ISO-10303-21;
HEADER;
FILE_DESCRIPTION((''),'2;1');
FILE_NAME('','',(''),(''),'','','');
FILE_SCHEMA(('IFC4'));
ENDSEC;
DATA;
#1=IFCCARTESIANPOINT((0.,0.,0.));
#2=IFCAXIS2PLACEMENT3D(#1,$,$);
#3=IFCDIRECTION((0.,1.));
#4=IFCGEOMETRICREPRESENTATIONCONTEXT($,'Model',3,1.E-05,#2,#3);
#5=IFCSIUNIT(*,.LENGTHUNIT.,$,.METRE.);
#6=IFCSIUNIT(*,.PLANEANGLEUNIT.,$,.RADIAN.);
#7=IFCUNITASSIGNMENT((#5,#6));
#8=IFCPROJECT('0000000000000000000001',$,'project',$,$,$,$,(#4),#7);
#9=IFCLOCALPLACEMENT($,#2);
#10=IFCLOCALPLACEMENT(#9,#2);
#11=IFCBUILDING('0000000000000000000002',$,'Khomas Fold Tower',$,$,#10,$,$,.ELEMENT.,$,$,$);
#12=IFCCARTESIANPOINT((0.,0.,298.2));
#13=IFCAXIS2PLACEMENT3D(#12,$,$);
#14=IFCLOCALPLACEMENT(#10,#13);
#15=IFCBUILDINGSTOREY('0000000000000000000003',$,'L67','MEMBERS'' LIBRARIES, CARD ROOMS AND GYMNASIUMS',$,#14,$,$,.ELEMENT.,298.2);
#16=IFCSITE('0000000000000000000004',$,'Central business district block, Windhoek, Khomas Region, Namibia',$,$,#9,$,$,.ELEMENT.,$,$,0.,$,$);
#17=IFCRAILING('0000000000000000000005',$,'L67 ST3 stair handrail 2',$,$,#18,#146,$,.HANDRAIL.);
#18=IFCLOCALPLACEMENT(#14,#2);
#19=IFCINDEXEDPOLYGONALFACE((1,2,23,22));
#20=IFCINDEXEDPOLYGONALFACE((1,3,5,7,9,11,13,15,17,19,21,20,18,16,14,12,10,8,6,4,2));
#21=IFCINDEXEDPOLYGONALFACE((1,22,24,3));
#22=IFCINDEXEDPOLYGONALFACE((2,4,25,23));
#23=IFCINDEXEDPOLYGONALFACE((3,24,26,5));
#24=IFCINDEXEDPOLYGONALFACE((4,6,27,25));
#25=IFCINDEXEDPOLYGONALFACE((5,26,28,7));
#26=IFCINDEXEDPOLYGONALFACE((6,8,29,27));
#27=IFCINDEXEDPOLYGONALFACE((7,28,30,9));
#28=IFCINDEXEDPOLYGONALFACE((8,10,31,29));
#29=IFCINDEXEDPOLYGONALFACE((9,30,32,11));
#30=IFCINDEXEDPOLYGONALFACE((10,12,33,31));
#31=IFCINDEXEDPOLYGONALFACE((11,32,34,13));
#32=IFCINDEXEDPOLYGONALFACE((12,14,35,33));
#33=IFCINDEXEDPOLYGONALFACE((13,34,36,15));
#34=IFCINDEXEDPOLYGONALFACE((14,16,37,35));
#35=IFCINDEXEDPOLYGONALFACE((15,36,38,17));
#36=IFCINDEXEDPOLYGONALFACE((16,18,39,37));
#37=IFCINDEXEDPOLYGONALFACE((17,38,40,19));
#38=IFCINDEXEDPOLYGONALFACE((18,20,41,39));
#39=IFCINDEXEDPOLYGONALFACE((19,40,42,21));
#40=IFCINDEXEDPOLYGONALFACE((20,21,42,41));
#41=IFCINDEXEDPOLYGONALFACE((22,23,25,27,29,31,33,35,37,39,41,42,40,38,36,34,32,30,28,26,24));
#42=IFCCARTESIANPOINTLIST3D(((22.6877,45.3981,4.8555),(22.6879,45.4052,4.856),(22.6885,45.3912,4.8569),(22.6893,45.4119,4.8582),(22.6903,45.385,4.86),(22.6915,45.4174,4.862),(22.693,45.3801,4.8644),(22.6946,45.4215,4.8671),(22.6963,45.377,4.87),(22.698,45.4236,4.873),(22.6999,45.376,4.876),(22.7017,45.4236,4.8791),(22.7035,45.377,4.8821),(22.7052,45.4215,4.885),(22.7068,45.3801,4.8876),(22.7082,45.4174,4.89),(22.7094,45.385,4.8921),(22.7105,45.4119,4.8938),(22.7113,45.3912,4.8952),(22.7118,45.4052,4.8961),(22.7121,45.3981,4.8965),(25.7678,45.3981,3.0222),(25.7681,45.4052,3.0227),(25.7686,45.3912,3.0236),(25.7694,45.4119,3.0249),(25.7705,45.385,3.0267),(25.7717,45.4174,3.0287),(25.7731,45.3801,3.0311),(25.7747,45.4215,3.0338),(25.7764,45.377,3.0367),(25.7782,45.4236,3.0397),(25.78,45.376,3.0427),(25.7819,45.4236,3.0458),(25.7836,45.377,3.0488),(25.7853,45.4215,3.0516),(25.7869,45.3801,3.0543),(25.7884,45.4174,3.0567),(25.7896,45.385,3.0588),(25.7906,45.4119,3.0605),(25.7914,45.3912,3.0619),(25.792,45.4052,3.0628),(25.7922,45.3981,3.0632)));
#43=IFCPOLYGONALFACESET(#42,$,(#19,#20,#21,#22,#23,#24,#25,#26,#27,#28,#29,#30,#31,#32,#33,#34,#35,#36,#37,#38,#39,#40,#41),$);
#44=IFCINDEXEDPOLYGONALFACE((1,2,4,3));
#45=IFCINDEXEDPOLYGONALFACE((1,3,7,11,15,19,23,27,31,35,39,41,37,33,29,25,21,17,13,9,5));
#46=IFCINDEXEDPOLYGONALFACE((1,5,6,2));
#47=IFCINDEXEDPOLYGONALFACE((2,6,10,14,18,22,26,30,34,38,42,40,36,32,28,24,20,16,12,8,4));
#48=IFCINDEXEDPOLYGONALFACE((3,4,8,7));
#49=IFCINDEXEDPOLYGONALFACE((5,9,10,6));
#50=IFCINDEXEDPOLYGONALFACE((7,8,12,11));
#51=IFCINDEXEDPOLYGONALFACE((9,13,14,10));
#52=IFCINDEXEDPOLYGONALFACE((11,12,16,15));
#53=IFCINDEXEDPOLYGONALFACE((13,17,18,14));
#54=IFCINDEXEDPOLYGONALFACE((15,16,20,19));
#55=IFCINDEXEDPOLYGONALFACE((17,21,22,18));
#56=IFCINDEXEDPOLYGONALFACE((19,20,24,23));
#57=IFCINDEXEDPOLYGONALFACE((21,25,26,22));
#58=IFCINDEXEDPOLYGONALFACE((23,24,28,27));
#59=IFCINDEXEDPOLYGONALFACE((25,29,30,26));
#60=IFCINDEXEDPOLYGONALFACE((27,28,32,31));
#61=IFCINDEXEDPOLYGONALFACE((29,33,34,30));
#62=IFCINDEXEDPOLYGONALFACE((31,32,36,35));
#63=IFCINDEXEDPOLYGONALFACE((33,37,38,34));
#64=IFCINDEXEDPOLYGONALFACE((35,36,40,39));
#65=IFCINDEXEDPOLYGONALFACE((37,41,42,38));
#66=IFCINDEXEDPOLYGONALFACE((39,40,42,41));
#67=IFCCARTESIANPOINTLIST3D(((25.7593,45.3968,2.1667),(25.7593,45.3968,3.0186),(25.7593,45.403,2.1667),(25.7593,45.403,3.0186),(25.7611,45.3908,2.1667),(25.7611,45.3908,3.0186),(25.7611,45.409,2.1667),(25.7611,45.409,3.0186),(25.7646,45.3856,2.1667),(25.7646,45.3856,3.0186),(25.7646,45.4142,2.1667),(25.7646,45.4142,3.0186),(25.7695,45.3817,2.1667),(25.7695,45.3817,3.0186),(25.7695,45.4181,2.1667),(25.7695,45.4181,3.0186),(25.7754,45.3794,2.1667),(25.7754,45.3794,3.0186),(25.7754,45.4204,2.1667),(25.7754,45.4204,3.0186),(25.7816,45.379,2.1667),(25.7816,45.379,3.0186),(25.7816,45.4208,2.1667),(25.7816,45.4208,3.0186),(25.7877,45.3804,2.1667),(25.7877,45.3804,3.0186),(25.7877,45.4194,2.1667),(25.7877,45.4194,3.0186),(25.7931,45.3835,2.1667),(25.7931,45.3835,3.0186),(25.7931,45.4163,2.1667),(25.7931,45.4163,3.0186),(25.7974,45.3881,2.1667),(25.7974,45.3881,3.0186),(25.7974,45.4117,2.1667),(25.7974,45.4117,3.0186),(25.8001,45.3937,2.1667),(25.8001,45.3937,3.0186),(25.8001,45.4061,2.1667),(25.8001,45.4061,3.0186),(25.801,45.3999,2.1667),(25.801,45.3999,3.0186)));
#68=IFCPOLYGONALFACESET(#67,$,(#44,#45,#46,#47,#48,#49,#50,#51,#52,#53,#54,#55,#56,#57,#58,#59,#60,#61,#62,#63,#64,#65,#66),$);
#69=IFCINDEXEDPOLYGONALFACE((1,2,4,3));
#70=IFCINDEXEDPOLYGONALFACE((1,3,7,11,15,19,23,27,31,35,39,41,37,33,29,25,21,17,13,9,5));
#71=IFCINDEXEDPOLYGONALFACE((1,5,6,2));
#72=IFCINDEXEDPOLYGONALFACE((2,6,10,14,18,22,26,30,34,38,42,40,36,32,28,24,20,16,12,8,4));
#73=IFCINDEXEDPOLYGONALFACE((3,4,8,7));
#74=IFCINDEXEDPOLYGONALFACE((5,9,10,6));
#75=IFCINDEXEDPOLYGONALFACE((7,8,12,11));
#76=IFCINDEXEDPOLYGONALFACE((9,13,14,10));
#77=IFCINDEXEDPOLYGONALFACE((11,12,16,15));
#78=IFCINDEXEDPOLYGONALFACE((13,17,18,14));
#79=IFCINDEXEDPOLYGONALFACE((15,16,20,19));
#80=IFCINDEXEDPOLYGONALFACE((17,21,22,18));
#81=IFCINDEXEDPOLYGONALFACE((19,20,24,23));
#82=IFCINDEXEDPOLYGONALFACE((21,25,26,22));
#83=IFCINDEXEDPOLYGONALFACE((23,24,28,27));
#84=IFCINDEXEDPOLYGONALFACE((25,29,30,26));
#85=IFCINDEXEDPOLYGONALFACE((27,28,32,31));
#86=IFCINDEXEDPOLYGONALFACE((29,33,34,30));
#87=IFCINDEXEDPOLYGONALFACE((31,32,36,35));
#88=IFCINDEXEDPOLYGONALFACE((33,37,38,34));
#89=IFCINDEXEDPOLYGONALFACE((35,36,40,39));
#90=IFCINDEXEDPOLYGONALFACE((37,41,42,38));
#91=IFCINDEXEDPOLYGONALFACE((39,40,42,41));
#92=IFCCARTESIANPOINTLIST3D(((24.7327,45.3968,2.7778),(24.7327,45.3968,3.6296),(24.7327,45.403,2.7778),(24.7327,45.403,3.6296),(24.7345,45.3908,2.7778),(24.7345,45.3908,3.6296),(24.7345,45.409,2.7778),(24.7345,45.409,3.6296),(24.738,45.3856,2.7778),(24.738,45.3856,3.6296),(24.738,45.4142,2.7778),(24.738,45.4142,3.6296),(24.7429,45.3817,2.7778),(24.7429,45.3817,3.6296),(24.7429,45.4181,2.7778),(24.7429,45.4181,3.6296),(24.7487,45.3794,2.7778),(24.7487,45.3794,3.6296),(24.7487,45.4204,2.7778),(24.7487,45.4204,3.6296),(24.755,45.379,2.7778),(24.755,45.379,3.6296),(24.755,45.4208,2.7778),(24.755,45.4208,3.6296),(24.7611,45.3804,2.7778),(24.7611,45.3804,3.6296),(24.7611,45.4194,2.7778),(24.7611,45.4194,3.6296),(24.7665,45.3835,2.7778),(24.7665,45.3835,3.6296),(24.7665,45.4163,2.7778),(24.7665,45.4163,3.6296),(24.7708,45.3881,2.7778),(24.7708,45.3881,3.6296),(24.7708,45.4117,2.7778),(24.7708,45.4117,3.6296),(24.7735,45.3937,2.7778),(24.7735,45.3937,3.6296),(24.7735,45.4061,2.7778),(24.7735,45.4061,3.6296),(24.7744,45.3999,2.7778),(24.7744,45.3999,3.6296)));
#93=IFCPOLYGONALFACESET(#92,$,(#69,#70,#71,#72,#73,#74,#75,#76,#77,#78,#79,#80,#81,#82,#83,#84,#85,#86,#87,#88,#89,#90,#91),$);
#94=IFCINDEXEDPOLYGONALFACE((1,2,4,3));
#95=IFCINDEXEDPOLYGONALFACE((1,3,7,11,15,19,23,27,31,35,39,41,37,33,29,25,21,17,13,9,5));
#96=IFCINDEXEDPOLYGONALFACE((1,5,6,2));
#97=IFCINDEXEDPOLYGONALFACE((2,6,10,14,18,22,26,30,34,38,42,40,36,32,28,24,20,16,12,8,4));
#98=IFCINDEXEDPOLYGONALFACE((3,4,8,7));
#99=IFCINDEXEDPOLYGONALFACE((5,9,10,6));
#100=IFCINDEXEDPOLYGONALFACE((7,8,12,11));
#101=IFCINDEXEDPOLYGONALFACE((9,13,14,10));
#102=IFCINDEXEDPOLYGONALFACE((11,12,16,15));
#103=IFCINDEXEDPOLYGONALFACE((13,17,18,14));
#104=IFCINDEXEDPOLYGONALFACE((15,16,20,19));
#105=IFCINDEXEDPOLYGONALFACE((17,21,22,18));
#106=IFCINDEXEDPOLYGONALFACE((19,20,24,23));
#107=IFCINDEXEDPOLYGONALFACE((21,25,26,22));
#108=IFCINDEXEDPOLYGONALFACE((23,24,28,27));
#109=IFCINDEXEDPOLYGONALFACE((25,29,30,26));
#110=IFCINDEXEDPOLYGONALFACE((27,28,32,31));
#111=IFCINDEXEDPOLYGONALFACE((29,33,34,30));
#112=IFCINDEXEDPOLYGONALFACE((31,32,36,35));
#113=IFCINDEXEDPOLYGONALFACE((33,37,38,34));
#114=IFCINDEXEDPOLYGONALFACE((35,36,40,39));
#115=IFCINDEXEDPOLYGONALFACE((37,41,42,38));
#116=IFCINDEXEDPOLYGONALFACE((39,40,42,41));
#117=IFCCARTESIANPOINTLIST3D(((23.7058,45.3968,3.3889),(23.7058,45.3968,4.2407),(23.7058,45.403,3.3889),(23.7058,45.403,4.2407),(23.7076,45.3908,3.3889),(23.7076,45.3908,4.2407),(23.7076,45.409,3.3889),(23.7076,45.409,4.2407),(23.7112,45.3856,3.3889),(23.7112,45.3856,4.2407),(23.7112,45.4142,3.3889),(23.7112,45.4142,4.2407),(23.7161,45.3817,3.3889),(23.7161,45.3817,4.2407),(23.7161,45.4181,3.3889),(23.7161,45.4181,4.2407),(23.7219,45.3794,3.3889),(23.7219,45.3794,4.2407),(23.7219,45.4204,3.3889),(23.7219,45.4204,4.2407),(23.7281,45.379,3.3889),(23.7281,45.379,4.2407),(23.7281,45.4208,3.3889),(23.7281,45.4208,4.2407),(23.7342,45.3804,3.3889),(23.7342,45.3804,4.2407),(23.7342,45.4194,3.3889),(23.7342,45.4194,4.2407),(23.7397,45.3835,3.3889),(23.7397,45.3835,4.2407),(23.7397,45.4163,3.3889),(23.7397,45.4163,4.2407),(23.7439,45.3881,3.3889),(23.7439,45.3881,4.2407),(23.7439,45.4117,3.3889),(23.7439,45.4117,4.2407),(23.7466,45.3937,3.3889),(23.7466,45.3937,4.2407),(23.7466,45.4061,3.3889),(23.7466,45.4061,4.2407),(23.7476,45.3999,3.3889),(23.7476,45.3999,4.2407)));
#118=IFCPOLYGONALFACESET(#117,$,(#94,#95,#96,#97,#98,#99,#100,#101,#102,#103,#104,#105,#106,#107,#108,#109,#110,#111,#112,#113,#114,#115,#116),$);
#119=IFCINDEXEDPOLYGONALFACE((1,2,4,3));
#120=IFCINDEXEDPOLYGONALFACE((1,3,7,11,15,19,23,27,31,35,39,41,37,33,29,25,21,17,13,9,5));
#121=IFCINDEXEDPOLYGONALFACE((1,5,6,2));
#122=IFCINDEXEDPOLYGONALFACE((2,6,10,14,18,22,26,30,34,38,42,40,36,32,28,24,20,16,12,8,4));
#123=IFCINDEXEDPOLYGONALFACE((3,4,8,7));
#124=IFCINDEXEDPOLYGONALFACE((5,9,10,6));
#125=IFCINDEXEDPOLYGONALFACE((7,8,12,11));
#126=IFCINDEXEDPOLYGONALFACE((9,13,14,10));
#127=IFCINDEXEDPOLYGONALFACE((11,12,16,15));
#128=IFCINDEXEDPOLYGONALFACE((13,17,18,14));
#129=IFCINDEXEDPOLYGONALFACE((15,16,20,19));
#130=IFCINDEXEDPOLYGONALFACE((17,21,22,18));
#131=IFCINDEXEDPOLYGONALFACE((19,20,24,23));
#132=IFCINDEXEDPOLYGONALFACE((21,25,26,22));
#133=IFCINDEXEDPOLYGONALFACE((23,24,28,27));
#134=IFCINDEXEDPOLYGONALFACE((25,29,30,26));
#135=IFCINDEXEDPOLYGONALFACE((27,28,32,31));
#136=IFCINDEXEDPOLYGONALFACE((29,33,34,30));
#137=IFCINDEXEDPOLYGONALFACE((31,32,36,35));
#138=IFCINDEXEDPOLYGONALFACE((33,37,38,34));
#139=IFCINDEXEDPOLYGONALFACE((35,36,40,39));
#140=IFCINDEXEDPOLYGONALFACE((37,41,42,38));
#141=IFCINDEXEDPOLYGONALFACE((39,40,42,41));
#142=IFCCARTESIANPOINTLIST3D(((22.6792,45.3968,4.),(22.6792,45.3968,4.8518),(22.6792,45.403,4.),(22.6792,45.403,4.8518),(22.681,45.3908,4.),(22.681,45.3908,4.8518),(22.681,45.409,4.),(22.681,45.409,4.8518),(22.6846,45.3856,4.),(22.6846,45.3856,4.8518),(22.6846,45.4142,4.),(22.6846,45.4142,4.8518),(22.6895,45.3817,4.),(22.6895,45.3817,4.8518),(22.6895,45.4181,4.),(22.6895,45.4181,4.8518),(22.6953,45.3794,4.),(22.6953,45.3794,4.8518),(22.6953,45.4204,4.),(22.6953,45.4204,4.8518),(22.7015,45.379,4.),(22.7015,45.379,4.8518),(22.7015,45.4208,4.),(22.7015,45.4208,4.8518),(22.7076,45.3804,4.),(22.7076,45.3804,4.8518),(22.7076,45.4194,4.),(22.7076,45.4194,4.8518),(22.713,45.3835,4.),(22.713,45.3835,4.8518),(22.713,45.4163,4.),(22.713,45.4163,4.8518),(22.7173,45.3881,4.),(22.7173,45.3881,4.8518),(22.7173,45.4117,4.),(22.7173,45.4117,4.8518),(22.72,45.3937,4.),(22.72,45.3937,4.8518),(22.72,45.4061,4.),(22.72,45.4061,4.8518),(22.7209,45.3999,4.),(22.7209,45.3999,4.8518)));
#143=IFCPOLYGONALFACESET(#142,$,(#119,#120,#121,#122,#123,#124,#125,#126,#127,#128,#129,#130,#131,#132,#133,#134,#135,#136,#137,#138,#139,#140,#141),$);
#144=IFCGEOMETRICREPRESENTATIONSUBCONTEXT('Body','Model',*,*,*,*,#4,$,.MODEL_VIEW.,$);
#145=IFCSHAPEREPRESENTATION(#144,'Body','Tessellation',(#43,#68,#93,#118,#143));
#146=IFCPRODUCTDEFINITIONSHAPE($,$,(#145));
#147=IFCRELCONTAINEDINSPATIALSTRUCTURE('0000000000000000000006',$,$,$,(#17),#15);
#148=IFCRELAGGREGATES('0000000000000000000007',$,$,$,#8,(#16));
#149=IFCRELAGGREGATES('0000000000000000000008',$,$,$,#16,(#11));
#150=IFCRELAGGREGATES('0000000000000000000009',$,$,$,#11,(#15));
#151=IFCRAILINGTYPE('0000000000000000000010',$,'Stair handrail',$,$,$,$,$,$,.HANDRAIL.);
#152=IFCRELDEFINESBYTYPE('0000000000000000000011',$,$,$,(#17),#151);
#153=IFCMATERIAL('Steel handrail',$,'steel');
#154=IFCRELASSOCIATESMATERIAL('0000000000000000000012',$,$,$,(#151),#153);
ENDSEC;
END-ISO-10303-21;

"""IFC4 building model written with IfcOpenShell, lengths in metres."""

from ifc_helpers import new_model, si_unit, direction, frame, origin, origin_2d, place, context, subcontext, project, spatial, circle, extrude, source, transform, mapped, material, type_object, element, save


model = new_model("IFC4")

# Units and contexts
model_context = context("Model", 3, precision=1e-05, world=origin(), true_north=direction((0.0, 1.0)))
body_context = subcontext(model_context, "Body", "Model", "MODEL_VIEW")
ifc_project = project(units=[si_unit("LENGTHUNIT", "METRE"), si_unit("PLANEANGLEUNIT", "RADIAN")], contexts=[model_context])

# Site, building, storey
site_placement = place(None, origin())
site = spatial("IfcSite", under=ifc_project, at=site_placement, Name="Central business district block, Windhoek, Khomas Region, Namibia", CompositionType="ELEMENT", RefElevation=0.0)
building_placement = place(site_placement, origin())
building = spatial("IfcBuilding", under=site, at=building_placement, Name="Khomas Fold Tower", CompositionType="ELEMENT")
storey_placement = place(building_placement, frame((0.0, 0.0, 298.2)))
storey = spatial("IfcBuildingStorey", under=building, at=storey_placement, Name="L67", Description="MEMBERS' LIBRARIES, CARD ROOMS AND GYMNASIUMS", CompositionType="ELEMENT", Elevation=298.2)

# Railing
ifc_material_1 = material(Name="Steel handrail", Category="steel")
railing_type_1 = type_object("IfcRailingType", Name="Stair handrail", PredefinedType="HANDRAIL", material=ifc_material_1)
shared_shape_1 = source(origin(), body_context, "Body", "SweptSolid", [
    extrude(circle(Radius=0.0239, at=origin_2d()), frame((0.0, 0.0, 0.876), z_axis=(-0.859309, 0.0, 0.511458), x_axis=(0.0, -1.0, 0.0)), (0.0, 0.0, 1.0), 3.5845),
    extrude(circle(Radius=0.021, at=origin_2d()), origin(), (0.0, 0.0, 1.0), 0.8518),
    extrude(circle(Radius=0.021, at=origin_2d()), frame((-1.0266, 0.0, 0.6111)), (0.0, 0.0, 1.0), 0.8518),
    extrude(circle(Radius=0.021, at=origin_2d()), frame((-2.0535, 0.0, 1.2222)), (0.0, 0.0, 1.0), 0.8518),
    extrude(circle(Radius=0.021, at=origin_2d()), frame((-3.0801, 0.0, 1.8333)), (0.0, 0.0, 1.0), 0.8518),
])
railing_1_placement = place(storey_placement, frame((25.78, 45.3999, 2.1667)))
element("IfcRailing", 1, at=railing_1_placement, inside=storey, type_object=railing_type_1, Name="L67 ST3 stair handrail 2", PredefinedType="HANDRAIL", context=body_context, shape_type="MappedRepresentation", body=[
    mapped(shared_shape_1, transform((0.0, 0.0, 0.0))),
])

save(model, "model.ifc")
